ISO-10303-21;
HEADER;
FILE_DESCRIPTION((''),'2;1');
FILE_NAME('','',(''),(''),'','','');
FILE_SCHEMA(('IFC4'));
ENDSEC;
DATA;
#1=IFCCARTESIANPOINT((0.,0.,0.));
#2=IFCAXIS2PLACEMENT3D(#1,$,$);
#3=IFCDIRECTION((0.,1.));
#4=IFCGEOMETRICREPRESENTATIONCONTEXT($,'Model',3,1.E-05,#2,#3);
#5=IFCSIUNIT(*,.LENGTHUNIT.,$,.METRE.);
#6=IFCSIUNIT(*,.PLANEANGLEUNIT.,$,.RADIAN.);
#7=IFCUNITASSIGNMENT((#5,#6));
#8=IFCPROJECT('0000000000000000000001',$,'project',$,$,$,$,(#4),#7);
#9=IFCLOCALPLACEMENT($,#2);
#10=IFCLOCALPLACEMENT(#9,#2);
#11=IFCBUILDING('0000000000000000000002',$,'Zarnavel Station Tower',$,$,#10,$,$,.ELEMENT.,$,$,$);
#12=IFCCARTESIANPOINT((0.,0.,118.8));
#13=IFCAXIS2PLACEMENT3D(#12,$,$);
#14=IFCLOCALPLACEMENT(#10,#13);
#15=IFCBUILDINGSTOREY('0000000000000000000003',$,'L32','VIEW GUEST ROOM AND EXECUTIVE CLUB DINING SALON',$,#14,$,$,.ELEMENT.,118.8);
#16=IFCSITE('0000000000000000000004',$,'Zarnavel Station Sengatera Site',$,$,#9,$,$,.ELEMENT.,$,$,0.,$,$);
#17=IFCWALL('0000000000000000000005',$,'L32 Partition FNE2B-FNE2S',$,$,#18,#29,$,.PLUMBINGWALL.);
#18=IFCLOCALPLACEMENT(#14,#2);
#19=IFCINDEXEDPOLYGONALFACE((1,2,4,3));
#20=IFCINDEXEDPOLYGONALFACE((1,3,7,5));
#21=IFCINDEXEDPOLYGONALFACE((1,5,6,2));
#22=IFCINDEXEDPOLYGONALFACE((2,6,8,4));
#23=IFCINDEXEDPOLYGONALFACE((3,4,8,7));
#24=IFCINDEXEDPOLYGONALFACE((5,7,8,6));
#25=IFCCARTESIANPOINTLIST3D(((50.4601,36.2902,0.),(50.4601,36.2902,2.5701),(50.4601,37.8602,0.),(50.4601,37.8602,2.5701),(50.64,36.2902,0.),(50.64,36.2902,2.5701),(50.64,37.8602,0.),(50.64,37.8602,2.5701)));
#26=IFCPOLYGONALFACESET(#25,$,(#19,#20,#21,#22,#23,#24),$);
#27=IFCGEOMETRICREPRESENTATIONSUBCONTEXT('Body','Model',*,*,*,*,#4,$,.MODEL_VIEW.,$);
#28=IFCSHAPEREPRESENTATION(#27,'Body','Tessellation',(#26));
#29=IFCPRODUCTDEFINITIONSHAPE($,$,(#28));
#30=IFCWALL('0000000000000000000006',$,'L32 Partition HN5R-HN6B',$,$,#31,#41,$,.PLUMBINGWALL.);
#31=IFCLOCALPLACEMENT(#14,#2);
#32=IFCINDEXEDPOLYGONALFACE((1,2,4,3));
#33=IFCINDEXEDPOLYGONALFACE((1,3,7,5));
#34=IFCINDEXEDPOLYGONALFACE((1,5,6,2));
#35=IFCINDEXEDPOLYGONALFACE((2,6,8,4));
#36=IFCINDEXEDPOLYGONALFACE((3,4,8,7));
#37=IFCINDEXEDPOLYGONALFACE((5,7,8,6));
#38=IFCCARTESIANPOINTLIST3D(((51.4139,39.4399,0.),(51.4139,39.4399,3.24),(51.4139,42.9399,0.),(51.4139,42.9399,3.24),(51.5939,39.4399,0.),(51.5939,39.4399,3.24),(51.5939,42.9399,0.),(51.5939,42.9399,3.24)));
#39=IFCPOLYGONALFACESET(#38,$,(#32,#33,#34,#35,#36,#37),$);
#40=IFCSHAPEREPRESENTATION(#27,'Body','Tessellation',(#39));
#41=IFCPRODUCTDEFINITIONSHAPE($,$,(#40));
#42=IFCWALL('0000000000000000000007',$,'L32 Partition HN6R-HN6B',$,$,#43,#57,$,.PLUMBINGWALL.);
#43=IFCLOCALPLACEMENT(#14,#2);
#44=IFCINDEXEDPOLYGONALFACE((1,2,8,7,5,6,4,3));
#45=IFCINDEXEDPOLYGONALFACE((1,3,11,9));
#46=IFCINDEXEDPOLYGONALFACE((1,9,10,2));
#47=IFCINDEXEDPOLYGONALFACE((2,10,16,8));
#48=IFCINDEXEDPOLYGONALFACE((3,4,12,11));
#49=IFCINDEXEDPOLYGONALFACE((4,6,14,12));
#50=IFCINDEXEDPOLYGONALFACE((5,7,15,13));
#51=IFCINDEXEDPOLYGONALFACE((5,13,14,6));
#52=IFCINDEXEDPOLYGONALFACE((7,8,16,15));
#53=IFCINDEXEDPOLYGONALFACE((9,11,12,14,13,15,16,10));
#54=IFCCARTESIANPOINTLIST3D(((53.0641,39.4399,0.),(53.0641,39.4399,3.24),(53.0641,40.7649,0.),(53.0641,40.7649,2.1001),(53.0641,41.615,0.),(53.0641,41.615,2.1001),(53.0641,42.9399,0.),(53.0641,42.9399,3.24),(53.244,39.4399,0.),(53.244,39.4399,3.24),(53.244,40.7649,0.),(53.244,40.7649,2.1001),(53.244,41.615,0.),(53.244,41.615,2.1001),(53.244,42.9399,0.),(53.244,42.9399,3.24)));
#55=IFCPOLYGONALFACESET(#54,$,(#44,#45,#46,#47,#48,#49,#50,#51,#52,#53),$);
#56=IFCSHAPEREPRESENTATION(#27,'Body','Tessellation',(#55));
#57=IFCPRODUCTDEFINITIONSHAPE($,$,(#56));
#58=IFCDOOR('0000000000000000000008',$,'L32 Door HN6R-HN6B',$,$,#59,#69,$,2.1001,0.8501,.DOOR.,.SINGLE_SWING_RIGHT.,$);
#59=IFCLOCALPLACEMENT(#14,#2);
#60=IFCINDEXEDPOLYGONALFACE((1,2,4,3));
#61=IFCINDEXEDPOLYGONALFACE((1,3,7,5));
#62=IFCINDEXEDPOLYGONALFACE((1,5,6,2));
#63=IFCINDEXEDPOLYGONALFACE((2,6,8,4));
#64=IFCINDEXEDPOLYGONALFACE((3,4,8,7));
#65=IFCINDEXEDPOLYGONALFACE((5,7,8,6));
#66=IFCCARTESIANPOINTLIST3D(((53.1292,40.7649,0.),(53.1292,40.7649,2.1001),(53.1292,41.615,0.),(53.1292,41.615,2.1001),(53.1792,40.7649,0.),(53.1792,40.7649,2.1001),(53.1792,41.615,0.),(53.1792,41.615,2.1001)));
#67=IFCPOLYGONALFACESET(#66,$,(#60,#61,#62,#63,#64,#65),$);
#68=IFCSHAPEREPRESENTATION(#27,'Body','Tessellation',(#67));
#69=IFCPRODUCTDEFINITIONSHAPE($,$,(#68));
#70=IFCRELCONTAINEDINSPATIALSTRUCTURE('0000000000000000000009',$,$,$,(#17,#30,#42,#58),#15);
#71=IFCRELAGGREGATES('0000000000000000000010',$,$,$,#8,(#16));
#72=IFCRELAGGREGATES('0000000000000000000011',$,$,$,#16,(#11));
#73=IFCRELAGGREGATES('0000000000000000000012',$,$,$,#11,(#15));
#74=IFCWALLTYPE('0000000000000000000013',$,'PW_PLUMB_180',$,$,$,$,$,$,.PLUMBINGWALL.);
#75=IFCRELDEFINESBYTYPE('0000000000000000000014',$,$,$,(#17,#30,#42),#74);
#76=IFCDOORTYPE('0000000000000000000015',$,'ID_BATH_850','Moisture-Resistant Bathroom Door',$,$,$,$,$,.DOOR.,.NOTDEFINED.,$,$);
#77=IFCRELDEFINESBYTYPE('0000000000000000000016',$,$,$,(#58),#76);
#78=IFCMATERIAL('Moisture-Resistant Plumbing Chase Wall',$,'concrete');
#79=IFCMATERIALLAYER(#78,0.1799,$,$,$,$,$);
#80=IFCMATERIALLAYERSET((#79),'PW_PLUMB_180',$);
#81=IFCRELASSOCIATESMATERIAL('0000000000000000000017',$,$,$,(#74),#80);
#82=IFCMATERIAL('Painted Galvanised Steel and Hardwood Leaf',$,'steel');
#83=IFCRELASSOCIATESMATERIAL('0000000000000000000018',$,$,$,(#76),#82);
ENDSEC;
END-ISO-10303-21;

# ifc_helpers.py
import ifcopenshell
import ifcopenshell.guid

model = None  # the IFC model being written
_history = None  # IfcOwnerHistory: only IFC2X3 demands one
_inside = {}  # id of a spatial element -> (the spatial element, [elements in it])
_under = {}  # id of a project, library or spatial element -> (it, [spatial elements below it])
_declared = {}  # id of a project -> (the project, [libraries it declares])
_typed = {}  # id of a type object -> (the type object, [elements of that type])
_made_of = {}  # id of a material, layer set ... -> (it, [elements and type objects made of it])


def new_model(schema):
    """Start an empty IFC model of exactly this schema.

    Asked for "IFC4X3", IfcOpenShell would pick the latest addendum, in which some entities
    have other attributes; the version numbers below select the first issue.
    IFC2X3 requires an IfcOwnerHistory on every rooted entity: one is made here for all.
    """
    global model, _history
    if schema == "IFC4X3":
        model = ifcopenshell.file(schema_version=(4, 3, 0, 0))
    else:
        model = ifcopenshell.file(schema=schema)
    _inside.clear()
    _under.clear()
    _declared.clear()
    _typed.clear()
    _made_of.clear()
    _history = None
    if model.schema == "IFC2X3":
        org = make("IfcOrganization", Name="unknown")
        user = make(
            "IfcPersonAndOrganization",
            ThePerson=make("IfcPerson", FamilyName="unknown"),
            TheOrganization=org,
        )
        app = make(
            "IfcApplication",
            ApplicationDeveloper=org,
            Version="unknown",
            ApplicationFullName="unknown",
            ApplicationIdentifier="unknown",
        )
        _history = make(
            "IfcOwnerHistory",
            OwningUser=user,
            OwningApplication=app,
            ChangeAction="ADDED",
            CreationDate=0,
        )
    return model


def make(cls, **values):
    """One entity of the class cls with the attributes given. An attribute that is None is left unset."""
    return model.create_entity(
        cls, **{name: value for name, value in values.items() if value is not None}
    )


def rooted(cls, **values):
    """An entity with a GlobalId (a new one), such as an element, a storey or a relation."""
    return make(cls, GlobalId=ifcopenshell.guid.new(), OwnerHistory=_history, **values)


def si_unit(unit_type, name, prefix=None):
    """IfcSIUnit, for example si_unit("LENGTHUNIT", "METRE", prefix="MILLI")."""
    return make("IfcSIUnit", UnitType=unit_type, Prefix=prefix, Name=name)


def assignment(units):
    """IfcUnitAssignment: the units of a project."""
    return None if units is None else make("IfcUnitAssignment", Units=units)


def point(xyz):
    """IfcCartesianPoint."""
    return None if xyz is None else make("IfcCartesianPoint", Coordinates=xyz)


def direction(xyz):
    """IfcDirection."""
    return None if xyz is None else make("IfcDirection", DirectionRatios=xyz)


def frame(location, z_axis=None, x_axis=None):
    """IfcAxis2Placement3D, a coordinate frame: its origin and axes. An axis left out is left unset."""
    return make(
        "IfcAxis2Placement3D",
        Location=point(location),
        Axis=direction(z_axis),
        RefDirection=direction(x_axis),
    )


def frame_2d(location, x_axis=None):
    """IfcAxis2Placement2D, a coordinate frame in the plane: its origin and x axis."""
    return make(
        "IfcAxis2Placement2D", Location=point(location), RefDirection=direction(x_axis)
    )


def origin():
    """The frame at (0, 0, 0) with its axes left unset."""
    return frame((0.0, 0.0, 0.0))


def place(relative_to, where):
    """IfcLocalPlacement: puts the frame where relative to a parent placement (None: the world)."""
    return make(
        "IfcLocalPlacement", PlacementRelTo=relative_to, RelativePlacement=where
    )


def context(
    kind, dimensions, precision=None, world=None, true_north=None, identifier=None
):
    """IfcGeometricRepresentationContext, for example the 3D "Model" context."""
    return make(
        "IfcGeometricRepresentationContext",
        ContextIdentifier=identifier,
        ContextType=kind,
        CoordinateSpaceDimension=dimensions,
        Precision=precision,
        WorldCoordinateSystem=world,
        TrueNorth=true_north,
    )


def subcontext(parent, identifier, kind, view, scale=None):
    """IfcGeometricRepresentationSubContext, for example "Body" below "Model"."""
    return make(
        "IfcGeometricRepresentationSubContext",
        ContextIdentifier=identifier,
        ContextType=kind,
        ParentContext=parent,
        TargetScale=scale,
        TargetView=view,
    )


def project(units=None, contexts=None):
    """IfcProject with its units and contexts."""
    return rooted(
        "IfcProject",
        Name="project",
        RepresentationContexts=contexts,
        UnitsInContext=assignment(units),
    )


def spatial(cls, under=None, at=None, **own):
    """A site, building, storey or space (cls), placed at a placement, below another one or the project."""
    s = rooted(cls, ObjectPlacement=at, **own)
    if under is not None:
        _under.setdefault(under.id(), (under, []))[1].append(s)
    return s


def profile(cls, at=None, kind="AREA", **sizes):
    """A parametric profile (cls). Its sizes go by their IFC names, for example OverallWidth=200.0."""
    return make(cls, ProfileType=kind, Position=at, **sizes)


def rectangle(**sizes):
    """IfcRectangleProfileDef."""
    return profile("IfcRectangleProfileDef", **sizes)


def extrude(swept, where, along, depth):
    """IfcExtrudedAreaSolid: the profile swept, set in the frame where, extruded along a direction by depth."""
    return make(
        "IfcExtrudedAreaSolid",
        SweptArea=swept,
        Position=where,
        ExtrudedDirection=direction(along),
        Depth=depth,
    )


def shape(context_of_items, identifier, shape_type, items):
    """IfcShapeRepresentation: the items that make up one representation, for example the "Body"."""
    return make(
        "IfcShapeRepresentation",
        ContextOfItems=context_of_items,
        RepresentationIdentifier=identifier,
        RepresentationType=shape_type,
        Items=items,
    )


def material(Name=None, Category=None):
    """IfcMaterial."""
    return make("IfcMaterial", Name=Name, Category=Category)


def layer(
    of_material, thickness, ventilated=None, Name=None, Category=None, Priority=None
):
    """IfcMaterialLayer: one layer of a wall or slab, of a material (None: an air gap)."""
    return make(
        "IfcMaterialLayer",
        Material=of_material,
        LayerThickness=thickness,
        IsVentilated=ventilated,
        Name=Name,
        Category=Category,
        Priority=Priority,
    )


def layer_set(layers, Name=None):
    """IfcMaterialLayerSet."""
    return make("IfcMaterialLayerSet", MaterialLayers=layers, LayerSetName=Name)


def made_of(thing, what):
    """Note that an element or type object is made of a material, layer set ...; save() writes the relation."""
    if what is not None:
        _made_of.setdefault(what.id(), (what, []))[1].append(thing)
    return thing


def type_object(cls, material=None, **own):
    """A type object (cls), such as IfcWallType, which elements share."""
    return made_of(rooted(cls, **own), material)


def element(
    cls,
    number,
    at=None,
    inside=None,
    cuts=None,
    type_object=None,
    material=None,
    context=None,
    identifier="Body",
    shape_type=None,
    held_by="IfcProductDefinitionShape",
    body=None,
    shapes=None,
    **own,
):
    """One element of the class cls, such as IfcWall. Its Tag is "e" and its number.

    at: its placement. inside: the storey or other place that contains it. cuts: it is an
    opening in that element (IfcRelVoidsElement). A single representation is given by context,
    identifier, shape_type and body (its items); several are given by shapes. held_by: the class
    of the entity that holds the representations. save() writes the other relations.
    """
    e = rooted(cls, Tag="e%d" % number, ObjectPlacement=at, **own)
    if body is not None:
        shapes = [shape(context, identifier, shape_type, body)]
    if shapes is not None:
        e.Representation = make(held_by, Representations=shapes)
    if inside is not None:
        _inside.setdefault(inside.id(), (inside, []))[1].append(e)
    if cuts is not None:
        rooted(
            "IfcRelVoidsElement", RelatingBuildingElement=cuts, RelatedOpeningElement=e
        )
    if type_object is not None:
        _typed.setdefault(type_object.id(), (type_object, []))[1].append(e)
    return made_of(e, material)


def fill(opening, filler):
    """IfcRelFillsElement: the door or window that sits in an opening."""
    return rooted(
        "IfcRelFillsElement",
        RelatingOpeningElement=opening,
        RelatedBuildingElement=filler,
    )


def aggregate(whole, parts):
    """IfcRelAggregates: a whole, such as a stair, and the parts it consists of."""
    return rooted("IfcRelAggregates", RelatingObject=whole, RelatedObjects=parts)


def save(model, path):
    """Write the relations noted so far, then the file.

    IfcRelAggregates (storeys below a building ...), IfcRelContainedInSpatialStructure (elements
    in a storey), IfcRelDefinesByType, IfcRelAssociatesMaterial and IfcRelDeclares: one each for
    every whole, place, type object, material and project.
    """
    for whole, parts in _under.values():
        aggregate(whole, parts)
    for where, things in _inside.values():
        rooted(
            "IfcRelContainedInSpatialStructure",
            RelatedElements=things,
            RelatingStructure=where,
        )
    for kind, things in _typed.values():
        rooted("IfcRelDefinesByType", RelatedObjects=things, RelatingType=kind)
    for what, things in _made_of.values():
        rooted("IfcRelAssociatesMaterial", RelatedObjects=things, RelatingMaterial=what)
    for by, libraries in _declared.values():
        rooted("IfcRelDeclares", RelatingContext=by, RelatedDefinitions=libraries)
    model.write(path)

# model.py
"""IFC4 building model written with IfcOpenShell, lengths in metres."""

from ifc_helpers import new_model, si_unit, direction, frame, frame_2d, origin, place, context, subcontext, project, spatial, rectangle, extrude, material, layer, layer_set, type_object, element, fill, save


model = new_model("IFC4")

# Units and contexts
model_context = context("Model", 3, precision=1e-05, world=origin(), true_north=direction((0.0, 1.0)))
body_context = subcontext(model_context, "Body", "Model", "MODEL_VIEW")
ifc_project = project(units=[si_unit("LENGTHUNIT", "METRE"), si_unit("PLANEANGLEUNIT", "RADIAN")], contexts=[model_context])

# Site, building, storey
site_placement = place(None, origin())
site = spatial("IfcSite", under=ifc_project, at=site_placement, Name="Zarnavel Station Sengatera Site", CompositionType="ELEMENT", RefElevation=0.0)
building_placement = place(site_placement, origin())
building = spatial("IfcBuilding", under=site, at=building_placement, Name="Zarnavel Station Tower", CompositionType="ELEMENT")
storey_placement = place(building_placement, frame((0.0, 0.0, 118.8)))
storey = spatial("IfcBuildingStorey", under=building, at=storey_placement, Name="L32", Description="VIEW GUEST ROOM AND EXECUTIVE CLUB DINING SALON", CompositionType="ELEMENT", Elevation=118.8)

# Shared definitions
ifc_material_1 = material(Name="Moisture-Resistant Plumbing Chase Wall", Category="concrete")
ifc_layer_1 = layer(ifc_material_1, 0.1799)
ifc_layer_set_1 = layer_set([ifc_layer_1], Name="PW_PLUMB_180")
wall_type_1 = type_object("IfcWallType", Name="PW_PLUMB_180", PredefinedType="PLUMBINGWALL", material=ifc_layer_set_1)

# Shared definitions
ifc_material_2 = material(Name="Painted Galvanised Steel and Hardwood Leaf", Category="steel")
door_type_1 = type_object("IfcDoorType", Name="ID_BATH_850", Description="Moisture-Resistant Bathroom Door", OperationType="NOTDEFINED", PredefinedType="DOOR", material=ifc_material_2)

# Walls
wall_1_placement = place(storey_placement, frame((50.55, 36.29, 0.0), z_axis=(0.0, 0.0, 1.0), x_axis=(0.0, 1.0, 0.0)))
element("IfcWall", 1, at=wall_1_placement, inside=storey, type_object=wall_type_1, Name="L32 Partition FNE2B-FNE2S", PredefinedType="PLUMBINGWALL", context=body_context, shape_type="SweptSolid", body=[
    extrude(rectangle(XDim=1.5701, YDim=0.1799, at=frame_2d((0.7852, 0.0))), origin(), (0.0, 0.0, 1.0), 2.5701),
])
wall_2_placement = place(storey_placement, frame((51.5039, 39.4399, 0.0), z_axis=(0.0, 0.0, 1.0), x_axis=(0.0, 1.0, 0.0)))
element("IfcWall", 2, at=wall_2_placement, inside=storey, type_object=wall_type_1, Name="L32 Partition HN5R-HN6B", PredefinedType="PLUMBINGWALL", context=body_context, shape_type="SweptSolid", body=[
    extrude(rectangle(XDim=3.5, YDim=0.1799, at=frame_2d((1.75, 0.0))), origin(), (0.0, 0.0, 1.0), 3.24),
])

# Wall, opening, door
wall_3_placement = place(storey_placement, frame((53.1541, 39.4399, 0.0), z_axis=(0.0, 0.0, 1.0), x_axis=(0.0, 1.0, 0.0)))
wall_3 = element("IfcWall", 3, at=wall_3_placement, inside=storey, type_object=wall_type_1, Name="L32 Partition HN6R-HN6B", PredefinedType="PLUMBINGWALL", context=body_context, shape_type="SweptSolid", body=[
    extrude(rectangle(XDim=3.5, YDim=0.1799, at=frame_2d((1.75, 0.0))), origin(), (0.0, 0.0, 1.0), 3.24),
])
opening_1_placement = place(wall_3_placement, frame((1.325, 0.0, 0.0)))
opening_1 = element("IfcOpeningElement", 4, at=opening_1_placement, cuts=wall_3, PredefinedType="OPENING", context=body_context, shape_type="SweptSolid", body=[
    extrude(rectangle(XDim=0.8501, YDim=2.1001, at=frame_2d((0.425, 1.05))), frame((0.0, 0.0999, 0.0), z_axis=(0.0, -1.0, 0.0), x_axis=(1.0, 0.0, 0.0)), (0.0, 0.0, 1.0), 0.2),
])
door_1_placement = place(opening_1_placement, origin())
door_1 = element("IfcDoor", 5, at=door_1_placement, inside=storey, type_object=door_type_1, Name="L32 Door HN6R-HN6B", OperationType="SINGLE_SWING_RIGHT", OverallHeight=2.1001, OverallWidth=0.8501, PredefinedType="DOOR", context=body_context, shape_type="SweptSolid", body=[
    extrude(rectangle(XDim=0.8501, YDim=2.1001, at=frame_2d((0.425, 1.05))), frame((0.0, 0.0249, 0.0), z_axis=(0.0, -1.0, 0.0), x_axis=(1.0, 0.0, 0.0)), (0.0, 0.0, 1.0), 0.05),
])
fill(opening_1, door_1)

save(model, "model.ifc")
